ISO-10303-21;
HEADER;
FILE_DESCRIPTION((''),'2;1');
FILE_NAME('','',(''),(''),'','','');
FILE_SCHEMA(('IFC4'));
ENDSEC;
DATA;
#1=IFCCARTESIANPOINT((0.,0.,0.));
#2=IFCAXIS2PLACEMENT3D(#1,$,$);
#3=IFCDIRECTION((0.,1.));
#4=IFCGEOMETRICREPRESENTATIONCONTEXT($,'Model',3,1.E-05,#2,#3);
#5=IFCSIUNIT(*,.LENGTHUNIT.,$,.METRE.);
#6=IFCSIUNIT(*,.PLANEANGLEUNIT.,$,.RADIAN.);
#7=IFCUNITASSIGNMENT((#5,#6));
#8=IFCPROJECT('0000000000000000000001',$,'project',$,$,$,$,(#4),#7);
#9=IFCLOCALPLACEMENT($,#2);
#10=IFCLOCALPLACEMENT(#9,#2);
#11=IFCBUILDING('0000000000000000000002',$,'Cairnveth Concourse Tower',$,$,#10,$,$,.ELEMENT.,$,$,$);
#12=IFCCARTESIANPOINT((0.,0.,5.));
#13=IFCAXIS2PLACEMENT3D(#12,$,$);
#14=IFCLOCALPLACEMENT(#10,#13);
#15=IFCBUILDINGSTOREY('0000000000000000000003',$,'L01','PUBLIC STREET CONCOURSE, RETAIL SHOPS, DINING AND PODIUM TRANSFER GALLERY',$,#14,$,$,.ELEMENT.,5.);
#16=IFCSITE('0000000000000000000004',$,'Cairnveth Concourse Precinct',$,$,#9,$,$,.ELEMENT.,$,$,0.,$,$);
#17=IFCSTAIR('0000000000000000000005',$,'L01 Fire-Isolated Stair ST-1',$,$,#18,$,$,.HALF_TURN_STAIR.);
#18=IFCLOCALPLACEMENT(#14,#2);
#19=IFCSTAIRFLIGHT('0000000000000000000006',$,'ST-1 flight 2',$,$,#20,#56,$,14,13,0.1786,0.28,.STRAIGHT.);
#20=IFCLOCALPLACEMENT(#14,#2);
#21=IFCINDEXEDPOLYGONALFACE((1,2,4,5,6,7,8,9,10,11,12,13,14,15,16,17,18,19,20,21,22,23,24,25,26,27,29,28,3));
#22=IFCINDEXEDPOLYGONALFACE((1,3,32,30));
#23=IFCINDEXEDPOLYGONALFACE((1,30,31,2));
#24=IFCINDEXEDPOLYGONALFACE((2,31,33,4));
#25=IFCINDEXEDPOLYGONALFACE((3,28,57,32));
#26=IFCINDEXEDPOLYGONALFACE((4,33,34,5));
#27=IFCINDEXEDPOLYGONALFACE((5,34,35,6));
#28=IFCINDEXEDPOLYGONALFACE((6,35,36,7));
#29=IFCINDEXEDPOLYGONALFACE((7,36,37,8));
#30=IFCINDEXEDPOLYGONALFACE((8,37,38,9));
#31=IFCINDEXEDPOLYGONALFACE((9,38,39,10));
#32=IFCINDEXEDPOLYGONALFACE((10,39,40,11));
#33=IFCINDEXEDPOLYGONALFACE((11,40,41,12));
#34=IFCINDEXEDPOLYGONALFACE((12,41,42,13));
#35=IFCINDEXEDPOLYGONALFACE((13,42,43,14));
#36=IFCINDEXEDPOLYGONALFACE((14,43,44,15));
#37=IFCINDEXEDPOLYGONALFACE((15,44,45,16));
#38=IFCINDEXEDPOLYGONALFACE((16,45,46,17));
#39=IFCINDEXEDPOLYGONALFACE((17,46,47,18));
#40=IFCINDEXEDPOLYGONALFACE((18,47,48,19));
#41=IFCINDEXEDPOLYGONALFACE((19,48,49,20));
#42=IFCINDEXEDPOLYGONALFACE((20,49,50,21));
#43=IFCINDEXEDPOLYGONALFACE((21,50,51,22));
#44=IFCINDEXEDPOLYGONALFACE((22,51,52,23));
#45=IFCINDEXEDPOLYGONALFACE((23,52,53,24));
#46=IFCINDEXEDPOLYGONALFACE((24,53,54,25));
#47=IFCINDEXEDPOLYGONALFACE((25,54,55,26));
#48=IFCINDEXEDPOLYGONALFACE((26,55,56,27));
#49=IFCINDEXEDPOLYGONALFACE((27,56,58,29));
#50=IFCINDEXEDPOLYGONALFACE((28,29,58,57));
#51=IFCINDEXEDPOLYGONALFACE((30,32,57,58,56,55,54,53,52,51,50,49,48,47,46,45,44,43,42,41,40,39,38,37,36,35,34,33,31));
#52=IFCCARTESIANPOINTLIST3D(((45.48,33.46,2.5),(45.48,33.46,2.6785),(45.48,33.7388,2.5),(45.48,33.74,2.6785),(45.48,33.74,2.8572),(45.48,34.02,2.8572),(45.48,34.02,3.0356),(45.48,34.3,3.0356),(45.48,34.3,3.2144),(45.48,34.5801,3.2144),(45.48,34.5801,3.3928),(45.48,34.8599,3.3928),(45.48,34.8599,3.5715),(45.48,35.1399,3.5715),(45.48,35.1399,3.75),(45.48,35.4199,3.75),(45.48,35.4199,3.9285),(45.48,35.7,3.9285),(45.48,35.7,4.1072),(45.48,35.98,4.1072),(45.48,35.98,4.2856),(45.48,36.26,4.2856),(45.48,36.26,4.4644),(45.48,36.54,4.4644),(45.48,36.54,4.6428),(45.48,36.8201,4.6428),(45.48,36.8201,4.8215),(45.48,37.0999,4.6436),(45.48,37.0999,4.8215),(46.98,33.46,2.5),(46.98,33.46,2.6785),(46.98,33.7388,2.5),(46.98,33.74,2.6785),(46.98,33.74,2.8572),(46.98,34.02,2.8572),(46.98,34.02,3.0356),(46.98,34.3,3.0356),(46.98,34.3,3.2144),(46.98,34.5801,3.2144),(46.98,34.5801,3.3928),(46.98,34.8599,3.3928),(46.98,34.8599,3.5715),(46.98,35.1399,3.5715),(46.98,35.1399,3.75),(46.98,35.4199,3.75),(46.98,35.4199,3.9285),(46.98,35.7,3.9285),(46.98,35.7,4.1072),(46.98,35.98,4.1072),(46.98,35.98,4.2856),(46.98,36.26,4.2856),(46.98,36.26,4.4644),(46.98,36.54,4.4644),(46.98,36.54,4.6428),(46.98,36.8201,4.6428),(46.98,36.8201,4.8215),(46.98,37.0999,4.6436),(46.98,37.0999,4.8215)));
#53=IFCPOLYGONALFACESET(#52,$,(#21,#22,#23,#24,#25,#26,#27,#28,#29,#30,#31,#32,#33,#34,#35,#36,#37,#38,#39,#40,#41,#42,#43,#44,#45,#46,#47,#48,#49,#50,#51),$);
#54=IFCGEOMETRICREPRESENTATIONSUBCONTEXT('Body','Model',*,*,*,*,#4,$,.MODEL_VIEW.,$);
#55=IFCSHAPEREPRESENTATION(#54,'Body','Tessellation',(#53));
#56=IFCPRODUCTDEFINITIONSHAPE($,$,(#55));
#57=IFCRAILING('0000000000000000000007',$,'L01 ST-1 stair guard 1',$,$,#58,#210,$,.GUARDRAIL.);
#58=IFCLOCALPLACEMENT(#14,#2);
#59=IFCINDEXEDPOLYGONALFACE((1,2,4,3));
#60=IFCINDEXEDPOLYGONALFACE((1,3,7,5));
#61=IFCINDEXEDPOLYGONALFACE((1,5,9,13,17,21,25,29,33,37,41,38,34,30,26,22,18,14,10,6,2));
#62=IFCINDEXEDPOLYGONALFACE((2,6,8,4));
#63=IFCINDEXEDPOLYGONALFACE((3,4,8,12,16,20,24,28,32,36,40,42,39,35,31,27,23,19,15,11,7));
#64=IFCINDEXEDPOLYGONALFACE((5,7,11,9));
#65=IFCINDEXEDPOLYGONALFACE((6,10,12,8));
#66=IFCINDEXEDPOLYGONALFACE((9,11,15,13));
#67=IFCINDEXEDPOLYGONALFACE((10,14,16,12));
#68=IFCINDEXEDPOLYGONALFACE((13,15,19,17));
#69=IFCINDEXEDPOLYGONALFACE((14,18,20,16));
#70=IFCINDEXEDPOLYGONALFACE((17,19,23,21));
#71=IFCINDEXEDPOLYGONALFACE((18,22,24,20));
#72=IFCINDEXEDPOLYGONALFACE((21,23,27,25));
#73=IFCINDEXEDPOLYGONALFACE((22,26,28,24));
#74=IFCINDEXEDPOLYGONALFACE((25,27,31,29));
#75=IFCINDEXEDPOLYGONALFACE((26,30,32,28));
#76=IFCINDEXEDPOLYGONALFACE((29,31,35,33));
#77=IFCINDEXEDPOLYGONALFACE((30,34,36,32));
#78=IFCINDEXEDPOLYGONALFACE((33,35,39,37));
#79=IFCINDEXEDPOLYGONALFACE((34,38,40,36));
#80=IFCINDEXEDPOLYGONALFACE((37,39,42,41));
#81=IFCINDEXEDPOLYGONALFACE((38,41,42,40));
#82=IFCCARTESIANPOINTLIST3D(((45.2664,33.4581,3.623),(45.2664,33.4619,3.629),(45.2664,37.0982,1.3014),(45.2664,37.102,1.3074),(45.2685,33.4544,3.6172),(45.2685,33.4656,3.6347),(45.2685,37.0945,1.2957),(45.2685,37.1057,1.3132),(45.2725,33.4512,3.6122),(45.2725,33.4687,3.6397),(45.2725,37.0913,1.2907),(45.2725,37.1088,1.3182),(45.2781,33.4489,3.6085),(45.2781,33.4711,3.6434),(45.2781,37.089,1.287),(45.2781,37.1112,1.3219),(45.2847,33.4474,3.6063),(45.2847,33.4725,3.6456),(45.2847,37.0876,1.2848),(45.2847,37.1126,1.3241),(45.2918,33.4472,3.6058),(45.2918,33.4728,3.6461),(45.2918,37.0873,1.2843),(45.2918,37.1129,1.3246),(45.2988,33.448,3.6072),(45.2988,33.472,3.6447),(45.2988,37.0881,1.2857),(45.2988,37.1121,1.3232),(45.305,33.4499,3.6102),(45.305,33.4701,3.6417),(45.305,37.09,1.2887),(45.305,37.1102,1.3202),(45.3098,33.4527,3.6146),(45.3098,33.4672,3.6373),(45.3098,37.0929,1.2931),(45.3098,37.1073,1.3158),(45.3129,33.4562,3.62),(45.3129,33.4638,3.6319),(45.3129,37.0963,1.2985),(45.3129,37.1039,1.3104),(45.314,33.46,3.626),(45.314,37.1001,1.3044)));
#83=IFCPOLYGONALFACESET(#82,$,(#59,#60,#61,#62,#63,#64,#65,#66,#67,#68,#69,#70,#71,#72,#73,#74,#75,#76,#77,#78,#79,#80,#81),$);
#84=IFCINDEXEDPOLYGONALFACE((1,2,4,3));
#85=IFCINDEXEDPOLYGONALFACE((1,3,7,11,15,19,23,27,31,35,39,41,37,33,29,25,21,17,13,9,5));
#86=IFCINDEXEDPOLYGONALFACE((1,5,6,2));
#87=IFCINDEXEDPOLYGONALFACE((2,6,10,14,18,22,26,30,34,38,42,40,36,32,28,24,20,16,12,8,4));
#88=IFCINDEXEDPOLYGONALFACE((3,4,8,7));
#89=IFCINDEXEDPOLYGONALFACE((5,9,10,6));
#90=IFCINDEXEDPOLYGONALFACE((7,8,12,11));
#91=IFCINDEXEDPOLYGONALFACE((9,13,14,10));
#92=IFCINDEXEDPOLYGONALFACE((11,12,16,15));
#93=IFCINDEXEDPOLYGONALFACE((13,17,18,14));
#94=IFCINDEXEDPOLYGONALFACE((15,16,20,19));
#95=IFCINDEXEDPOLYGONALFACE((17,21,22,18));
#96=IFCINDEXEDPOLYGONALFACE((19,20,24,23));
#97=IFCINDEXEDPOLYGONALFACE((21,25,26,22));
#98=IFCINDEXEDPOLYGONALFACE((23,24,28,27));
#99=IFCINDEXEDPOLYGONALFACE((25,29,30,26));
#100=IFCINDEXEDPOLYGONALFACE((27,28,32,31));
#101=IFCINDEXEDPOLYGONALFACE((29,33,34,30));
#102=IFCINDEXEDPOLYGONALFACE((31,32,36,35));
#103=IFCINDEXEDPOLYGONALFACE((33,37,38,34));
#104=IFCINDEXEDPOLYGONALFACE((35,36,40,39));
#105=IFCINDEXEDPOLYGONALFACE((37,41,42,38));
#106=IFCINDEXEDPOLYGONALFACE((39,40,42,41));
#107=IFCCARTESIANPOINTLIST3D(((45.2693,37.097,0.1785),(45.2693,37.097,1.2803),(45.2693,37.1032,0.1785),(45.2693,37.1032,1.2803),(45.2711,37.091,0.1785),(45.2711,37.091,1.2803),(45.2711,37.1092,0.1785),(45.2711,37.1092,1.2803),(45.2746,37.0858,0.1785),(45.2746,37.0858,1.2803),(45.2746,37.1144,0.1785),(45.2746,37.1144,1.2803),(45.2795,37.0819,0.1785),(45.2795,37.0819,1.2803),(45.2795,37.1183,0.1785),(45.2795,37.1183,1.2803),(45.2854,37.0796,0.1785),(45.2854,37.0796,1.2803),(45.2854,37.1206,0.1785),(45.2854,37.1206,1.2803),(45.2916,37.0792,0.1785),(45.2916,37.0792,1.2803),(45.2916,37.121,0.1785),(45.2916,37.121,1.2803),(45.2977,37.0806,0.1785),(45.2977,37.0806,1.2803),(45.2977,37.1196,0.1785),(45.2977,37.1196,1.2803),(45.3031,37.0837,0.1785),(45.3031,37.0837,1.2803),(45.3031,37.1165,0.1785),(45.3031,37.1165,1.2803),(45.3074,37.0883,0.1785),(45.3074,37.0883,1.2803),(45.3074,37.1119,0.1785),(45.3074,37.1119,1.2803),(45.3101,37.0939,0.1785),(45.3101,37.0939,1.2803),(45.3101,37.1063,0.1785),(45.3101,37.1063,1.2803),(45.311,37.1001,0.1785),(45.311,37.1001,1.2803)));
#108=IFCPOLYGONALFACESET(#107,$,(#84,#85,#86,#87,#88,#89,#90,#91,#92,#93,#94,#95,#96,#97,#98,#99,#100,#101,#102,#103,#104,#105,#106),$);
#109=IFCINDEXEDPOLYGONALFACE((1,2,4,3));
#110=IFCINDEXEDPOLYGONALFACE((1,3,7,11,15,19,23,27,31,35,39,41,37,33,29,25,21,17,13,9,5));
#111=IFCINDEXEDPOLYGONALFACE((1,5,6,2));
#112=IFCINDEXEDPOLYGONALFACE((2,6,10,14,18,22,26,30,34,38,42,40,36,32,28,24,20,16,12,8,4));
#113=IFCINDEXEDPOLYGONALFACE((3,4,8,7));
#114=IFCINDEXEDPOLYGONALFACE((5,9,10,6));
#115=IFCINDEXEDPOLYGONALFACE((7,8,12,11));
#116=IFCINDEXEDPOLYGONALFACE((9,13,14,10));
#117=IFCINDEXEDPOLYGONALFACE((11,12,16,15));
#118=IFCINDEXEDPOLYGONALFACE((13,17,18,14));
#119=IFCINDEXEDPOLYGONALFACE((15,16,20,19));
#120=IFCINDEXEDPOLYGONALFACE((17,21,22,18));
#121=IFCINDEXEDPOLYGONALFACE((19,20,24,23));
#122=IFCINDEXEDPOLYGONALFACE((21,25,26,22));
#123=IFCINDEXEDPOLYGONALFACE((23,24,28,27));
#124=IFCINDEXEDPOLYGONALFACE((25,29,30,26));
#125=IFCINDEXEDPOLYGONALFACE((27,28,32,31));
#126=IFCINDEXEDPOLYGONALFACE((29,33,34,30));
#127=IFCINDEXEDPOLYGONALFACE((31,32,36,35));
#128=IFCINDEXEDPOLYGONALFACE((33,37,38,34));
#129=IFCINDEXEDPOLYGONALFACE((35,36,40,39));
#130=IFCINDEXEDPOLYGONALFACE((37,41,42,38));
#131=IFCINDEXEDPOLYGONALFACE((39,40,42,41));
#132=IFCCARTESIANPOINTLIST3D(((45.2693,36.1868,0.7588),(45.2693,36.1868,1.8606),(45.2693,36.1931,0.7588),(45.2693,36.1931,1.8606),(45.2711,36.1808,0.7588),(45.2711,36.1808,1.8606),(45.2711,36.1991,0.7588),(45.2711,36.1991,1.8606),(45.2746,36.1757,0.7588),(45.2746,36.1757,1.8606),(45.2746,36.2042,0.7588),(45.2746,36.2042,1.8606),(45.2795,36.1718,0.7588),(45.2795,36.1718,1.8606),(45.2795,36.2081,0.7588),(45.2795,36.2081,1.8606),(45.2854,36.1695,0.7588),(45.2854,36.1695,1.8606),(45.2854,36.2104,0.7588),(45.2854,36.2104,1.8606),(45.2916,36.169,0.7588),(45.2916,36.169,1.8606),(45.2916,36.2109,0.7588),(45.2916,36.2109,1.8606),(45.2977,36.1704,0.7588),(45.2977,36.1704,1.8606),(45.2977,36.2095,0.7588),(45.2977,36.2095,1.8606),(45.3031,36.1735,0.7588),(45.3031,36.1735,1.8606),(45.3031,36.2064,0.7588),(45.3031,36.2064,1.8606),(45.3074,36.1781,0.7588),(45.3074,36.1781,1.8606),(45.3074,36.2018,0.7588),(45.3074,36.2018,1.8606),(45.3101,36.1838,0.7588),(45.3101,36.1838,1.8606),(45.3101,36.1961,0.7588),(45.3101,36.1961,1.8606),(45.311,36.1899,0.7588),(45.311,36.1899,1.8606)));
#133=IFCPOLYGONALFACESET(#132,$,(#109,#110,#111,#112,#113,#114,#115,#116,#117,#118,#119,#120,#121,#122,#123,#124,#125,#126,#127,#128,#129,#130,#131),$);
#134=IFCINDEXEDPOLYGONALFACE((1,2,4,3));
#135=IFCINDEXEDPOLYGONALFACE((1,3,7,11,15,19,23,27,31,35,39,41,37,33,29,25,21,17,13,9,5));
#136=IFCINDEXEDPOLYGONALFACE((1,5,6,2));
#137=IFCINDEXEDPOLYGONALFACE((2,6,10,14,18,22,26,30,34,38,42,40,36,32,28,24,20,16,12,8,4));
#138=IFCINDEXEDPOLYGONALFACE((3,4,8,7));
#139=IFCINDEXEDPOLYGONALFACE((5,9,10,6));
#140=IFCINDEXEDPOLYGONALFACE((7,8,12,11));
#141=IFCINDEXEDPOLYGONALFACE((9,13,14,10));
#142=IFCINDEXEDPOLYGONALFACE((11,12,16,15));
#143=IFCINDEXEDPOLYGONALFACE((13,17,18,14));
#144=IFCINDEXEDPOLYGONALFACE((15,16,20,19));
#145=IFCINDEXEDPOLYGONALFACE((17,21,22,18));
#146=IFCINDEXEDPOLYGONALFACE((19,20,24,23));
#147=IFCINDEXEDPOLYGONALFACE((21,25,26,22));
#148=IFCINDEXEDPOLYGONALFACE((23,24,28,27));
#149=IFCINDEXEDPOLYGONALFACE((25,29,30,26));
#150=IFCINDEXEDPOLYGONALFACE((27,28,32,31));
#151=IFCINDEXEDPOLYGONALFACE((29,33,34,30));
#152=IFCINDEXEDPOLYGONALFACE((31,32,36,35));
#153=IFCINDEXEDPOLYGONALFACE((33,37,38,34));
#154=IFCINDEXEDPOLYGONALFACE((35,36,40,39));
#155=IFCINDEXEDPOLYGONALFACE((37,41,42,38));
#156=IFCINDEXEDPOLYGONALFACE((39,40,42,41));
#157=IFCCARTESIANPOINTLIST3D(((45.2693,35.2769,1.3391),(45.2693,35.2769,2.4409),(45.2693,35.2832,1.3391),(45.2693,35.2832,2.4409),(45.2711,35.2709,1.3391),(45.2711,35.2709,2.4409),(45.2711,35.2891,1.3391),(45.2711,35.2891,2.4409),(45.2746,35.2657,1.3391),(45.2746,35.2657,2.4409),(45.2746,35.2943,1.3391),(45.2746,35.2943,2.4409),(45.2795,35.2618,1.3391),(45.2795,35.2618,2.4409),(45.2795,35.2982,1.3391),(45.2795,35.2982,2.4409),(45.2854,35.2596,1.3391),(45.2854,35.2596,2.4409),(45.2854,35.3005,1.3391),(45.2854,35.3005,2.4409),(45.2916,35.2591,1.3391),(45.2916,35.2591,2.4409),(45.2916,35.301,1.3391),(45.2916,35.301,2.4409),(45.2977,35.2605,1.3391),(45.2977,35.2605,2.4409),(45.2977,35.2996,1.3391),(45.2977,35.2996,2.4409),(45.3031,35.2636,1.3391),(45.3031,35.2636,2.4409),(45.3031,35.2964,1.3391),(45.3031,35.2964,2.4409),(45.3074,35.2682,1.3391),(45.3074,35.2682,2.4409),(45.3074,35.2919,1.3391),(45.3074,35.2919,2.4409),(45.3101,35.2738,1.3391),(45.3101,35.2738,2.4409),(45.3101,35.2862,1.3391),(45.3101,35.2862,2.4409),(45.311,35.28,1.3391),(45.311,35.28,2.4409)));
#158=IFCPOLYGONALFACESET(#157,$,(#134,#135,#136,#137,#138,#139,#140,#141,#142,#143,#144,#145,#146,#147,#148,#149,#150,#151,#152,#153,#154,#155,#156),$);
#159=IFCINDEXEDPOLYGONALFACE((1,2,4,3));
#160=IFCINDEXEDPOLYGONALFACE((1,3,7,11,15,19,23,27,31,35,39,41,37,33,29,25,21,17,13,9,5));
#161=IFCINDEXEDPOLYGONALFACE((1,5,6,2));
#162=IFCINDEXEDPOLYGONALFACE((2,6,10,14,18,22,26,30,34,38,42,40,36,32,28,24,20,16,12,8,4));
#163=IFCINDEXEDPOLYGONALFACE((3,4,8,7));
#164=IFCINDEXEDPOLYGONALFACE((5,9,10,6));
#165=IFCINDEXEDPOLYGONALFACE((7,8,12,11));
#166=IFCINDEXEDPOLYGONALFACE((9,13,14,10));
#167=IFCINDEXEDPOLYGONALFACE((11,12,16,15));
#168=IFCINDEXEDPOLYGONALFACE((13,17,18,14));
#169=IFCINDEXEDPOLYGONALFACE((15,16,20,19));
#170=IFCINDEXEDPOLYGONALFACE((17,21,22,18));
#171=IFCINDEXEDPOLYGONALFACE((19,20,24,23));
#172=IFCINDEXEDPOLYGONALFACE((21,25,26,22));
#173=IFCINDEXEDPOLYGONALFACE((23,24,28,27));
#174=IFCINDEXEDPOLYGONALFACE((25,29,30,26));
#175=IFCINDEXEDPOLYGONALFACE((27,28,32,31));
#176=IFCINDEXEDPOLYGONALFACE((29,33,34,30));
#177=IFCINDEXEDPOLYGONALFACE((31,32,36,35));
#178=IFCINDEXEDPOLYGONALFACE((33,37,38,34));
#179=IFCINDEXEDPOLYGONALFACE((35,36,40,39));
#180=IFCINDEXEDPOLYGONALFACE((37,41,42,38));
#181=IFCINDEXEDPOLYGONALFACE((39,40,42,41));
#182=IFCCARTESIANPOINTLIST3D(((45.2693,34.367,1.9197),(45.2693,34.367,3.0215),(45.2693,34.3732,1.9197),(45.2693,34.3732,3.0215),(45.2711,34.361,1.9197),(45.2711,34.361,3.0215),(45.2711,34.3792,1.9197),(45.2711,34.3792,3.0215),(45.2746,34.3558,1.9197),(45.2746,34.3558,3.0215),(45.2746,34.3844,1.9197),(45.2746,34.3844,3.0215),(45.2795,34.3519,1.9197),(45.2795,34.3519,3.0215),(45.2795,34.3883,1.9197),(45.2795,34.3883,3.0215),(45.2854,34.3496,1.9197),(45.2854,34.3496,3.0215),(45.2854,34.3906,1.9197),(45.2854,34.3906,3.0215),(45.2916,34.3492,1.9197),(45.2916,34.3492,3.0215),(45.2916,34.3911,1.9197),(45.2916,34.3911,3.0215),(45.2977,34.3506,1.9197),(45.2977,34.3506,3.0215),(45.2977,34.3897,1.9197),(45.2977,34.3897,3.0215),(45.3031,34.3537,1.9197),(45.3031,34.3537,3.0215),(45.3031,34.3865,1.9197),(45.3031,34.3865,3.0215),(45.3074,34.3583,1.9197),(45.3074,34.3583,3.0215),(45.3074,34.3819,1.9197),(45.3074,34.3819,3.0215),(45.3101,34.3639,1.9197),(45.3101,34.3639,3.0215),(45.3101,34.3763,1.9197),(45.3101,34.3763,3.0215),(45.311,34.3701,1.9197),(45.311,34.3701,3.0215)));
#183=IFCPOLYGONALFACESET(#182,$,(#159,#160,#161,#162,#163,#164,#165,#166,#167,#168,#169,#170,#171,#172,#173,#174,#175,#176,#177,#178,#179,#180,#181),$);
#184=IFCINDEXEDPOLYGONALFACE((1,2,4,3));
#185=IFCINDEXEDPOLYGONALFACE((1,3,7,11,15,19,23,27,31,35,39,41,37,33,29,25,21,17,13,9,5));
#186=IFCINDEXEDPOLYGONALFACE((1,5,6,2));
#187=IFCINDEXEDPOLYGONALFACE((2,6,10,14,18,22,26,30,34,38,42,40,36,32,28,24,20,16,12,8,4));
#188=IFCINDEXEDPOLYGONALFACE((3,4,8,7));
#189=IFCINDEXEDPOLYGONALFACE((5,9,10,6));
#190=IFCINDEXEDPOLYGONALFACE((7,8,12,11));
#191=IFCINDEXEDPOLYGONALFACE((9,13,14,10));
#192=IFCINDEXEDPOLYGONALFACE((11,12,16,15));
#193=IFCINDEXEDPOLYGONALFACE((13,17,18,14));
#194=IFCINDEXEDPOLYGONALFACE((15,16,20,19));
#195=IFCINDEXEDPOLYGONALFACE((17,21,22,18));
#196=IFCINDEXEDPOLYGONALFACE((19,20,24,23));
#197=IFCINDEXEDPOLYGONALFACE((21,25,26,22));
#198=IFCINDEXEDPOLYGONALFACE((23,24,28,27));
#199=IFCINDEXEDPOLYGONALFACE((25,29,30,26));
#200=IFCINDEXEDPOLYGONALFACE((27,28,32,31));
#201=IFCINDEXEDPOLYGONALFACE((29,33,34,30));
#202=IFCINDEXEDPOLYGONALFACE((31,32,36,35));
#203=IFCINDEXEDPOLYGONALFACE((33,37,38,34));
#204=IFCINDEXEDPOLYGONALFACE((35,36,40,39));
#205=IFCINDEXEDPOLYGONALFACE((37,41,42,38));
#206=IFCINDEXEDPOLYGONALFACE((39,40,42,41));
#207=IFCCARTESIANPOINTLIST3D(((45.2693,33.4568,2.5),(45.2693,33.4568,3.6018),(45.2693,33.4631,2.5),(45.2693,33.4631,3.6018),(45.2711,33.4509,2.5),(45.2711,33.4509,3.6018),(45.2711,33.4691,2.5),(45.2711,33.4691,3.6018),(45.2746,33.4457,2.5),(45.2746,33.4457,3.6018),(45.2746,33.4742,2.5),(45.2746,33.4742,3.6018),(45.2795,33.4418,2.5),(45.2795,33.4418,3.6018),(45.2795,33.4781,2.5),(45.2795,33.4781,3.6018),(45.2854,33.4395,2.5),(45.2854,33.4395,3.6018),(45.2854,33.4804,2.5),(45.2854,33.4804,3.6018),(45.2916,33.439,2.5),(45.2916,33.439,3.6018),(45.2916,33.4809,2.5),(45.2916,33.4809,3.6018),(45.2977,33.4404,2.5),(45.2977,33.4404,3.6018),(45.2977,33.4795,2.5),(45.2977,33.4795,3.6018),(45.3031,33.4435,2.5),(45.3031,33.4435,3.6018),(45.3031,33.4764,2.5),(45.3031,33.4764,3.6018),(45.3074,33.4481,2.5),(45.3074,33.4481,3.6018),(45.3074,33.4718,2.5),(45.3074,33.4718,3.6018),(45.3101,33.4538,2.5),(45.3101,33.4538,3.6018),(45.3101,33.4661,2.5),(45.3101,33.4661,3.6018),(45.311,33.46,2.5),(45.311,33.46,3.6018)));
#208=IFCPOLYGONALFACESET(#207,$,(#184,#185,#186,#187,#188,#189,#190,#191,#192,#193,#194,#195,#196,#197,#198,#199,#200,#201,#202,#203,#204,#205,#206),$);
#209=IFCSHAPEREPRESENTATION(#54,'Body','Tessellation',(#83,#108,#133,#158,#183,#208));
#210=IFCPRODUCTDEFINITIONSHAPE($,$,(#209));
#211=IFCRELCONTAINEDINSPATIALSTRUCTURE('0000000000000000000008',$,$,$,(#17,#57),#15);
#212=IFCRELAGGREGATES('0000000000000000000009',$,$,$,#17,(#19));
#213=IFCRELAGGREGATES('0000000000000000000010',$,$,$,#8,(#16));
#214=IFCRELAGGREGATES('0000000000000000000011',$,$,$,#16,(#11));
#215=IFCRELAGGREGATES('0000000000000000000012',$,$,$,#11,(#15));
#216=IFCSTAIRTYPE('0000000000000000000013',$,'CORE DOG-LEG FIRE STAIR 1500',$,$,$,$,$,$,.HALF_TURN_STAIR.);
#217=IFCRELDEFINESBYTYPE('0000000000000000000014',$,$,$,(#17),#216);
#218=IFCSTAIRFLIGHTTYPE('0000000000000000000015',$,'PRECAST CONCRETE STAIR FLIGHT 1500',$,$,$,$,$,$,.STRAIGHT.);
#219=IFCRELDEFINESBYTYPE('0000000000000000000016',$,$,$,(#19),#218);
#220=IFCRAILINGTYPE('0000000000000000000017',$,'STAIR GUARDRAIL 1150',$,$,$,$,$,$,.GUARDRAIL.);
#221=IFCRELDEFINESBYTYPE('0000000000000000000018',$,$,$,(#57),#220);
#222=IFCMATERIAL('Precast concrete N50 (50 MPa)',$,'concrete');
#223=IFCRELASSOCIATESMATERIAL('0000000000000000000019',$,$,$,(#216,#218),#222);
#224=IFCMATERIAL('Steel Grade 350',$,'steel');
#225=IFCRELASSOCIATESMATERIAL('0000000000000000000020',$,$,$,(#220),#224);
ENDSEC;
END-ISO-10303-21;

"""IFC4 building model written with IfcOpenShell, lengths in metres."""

from ifc_helpers import new_model, si_unit, direction, frame, origin, origin_2d, place, context, subcontext, project, spatial, polyline, circle, outline, extrude, material, type_object, element, aggregate, save


model = new_model("IFC4")

# Units and contexts
model_context = context("Model", 3, precision=1e-05, world=origin(), true_north=direction((0.0, 1.0)))
body_context = subcontext(model_context, "Body", "Model", "MODEL_VIEW")
ifc_project = project(units=[si_unit("LENGTHUNIT", "METRE"), si_unit("PLANEANGLEUNIT", "RADIAN")], contexts=[model_context])

# Site, building, storey
site_placement = place(None, origin())
site = spatial("IfcSite", under=ifc_project, at=site_placement, Name="Cairnveth Concourse Precinct", CompositionType="ELEMENT", RefElevation=0.0)
building_placement = place(site_placement, origin())
building = spatial("IfcBuilding", under=site, at=building_placement, Name="Cairnveth Concourse Tower", CompositionType="ELEMENT")
storey_placement = place(building_placement, frame((0.0, 0.0, 5.0)))
storey = spatial("IfcBuildingStorey", under=building, at=storey_placement, Name="L01", Description="PUBLIC STREET CONCOURSE, RETAIL SHOPS, DINING AND PODIUM TRANSFER GALLERY", CompositionType="ELEMENT", Elevation=5.0)

# Shared definitions
ifc_material_1 = material(Name="Steel Grade 350", Category="steel")

# Stair, stair flight
ifc_material_2 = material(Name="Precast concrete N50 (50 MPa)", Category="concrete")
stair_type = type_object("IfcStairType", Name="CORE DOG-LEG FIRE STAIR 1500", PredefinedType="HALF_TURN_STAIR", material=ifc_material_2)
stair_placement = place(storey_placement, origin())
stair = element("IfcStair", 1, at=stair_placement, inside=storey, type_object=stair_type, Name="L01 Fire-Isolated Stair ST-1", PredefinedType="HALF_TURN_STAIR")
stair_flight_type = type_object("IfcStairFlightType", Name="PRECAST CONCRETE STAIR FLIGHT 1500", PredefinedType="STRAIGHT", material=ifc_material_2)
stair_flight_1_placement = place(storey_placement, frame((46.23, 33.46, 2.5), z_axis=(0.0, 0.0, 1.0), x_axis=(0.0, 1.0, 0.0)))
stair_flight_1 = element("IfcStairFlight", 2, at=stair_flight_1_placement, type_object=stair_flight_type, Name="ST-1 flight 2", NumberOfRisers=14, NumberOfTreads=13, PredefinedType="STRAIGHT", RiserHeight=0.1786, TreadLength=0.28, context=body_context, shape_type="SweptSolid", body=[
    extrude(outline(polyline([(0.0, 0.0), (0.0, 0.1785), (0.28, 0.1785), (0.28, 0.3572), (0.5601, 0.3572), (0.5601, 0.5356), (0.8401, 0.5356), (0.8401, 0.7144), (1.1201, 0.7144), (1.1201, 0.8928), (1.3999, 0.8928), (1.3999, 1.0715), (1.6799, 1.0715), (1.6799, 1.25), (1.96, 1.25), (1.96, 1.4285), (2.24, 1.4285), (2.24, 1.6072), (2.52, 1.6072), (2.52, 1.7856), (2.8, 1.7856), (2.8, 1.9644), (3.0801, 1.9644), (3.0801, 2.1428), (3.3601, 2.1428), (3.3601, 2.3215), (3.6399, 2.3215), (3.6399, 2.5), (3.6399, 2.1436), (0.2788, 0.0), (0.0, 0.0)])), frame((0.0, 0.75, 0.0), z_axis=(0.0, -1.0, 0.0), x_axis=(1.0, 0.0, 0.0)), (0.0, 0.0, 1.0), 1.5),
])
aggregate(stair, [stair_flight_1])

# Railing
railing_type_1 = type_object("IfcRailingType", Name="STAIR GUARDRAIL 1150", PredefinedType="GUARDRAIL", material=ifc_material_1)
railing_1_placement = place(storey_placement, frame((45.29, 37.1001, 0.1785)))
element("IfcRailing", 3, at=railing_1_placement, inside=storey, type_object=railing_type_1, Name="L01 ST-1 stair guard 1", PredefinedType="GUARDRAIL", context=body_context, shape_type="SweptSolid", body=[
    extrude(circle(Radius=0.0239, at=origin_2d()), frame((0.0, 0.0, 1.126), z_axis=(0.0, -0.843128, 0.537713), x_axis=(1.0, 0.0, 0.0)), (0.0, 0.0, 1.0), 4.3174),
    extrude(circle(Radius=0.021, at=origin_2d()), origin(), (0.0, 0.0, 1.0), 1.1018),
    extrude(circle(Radius=0.021, at=origin_2d()), frame((0.0, -0.9102, 0.5803)), (0.0, 0.0, 1.0), 1.1018),
    extrude(circle(Radius=0.021, at=origin_2d()), frame((0.0, -1.8201, 1.1606)), (0.0, 0.0, 1.0), 1.1018),
    extrude(circle(Radius=0.021, at=origin_2d()), frame((0.0, -2.73, 1.7412)), (0.0, 0.0, 1.0), 1.1018),
    extrude(circle(Radius=0.021, at=origin_2d()), frame((0.0, -3.6401, 2.3215)), (0.0, 0.0, 1.0), 1.1018),
])

save(model, "model.ifc")
